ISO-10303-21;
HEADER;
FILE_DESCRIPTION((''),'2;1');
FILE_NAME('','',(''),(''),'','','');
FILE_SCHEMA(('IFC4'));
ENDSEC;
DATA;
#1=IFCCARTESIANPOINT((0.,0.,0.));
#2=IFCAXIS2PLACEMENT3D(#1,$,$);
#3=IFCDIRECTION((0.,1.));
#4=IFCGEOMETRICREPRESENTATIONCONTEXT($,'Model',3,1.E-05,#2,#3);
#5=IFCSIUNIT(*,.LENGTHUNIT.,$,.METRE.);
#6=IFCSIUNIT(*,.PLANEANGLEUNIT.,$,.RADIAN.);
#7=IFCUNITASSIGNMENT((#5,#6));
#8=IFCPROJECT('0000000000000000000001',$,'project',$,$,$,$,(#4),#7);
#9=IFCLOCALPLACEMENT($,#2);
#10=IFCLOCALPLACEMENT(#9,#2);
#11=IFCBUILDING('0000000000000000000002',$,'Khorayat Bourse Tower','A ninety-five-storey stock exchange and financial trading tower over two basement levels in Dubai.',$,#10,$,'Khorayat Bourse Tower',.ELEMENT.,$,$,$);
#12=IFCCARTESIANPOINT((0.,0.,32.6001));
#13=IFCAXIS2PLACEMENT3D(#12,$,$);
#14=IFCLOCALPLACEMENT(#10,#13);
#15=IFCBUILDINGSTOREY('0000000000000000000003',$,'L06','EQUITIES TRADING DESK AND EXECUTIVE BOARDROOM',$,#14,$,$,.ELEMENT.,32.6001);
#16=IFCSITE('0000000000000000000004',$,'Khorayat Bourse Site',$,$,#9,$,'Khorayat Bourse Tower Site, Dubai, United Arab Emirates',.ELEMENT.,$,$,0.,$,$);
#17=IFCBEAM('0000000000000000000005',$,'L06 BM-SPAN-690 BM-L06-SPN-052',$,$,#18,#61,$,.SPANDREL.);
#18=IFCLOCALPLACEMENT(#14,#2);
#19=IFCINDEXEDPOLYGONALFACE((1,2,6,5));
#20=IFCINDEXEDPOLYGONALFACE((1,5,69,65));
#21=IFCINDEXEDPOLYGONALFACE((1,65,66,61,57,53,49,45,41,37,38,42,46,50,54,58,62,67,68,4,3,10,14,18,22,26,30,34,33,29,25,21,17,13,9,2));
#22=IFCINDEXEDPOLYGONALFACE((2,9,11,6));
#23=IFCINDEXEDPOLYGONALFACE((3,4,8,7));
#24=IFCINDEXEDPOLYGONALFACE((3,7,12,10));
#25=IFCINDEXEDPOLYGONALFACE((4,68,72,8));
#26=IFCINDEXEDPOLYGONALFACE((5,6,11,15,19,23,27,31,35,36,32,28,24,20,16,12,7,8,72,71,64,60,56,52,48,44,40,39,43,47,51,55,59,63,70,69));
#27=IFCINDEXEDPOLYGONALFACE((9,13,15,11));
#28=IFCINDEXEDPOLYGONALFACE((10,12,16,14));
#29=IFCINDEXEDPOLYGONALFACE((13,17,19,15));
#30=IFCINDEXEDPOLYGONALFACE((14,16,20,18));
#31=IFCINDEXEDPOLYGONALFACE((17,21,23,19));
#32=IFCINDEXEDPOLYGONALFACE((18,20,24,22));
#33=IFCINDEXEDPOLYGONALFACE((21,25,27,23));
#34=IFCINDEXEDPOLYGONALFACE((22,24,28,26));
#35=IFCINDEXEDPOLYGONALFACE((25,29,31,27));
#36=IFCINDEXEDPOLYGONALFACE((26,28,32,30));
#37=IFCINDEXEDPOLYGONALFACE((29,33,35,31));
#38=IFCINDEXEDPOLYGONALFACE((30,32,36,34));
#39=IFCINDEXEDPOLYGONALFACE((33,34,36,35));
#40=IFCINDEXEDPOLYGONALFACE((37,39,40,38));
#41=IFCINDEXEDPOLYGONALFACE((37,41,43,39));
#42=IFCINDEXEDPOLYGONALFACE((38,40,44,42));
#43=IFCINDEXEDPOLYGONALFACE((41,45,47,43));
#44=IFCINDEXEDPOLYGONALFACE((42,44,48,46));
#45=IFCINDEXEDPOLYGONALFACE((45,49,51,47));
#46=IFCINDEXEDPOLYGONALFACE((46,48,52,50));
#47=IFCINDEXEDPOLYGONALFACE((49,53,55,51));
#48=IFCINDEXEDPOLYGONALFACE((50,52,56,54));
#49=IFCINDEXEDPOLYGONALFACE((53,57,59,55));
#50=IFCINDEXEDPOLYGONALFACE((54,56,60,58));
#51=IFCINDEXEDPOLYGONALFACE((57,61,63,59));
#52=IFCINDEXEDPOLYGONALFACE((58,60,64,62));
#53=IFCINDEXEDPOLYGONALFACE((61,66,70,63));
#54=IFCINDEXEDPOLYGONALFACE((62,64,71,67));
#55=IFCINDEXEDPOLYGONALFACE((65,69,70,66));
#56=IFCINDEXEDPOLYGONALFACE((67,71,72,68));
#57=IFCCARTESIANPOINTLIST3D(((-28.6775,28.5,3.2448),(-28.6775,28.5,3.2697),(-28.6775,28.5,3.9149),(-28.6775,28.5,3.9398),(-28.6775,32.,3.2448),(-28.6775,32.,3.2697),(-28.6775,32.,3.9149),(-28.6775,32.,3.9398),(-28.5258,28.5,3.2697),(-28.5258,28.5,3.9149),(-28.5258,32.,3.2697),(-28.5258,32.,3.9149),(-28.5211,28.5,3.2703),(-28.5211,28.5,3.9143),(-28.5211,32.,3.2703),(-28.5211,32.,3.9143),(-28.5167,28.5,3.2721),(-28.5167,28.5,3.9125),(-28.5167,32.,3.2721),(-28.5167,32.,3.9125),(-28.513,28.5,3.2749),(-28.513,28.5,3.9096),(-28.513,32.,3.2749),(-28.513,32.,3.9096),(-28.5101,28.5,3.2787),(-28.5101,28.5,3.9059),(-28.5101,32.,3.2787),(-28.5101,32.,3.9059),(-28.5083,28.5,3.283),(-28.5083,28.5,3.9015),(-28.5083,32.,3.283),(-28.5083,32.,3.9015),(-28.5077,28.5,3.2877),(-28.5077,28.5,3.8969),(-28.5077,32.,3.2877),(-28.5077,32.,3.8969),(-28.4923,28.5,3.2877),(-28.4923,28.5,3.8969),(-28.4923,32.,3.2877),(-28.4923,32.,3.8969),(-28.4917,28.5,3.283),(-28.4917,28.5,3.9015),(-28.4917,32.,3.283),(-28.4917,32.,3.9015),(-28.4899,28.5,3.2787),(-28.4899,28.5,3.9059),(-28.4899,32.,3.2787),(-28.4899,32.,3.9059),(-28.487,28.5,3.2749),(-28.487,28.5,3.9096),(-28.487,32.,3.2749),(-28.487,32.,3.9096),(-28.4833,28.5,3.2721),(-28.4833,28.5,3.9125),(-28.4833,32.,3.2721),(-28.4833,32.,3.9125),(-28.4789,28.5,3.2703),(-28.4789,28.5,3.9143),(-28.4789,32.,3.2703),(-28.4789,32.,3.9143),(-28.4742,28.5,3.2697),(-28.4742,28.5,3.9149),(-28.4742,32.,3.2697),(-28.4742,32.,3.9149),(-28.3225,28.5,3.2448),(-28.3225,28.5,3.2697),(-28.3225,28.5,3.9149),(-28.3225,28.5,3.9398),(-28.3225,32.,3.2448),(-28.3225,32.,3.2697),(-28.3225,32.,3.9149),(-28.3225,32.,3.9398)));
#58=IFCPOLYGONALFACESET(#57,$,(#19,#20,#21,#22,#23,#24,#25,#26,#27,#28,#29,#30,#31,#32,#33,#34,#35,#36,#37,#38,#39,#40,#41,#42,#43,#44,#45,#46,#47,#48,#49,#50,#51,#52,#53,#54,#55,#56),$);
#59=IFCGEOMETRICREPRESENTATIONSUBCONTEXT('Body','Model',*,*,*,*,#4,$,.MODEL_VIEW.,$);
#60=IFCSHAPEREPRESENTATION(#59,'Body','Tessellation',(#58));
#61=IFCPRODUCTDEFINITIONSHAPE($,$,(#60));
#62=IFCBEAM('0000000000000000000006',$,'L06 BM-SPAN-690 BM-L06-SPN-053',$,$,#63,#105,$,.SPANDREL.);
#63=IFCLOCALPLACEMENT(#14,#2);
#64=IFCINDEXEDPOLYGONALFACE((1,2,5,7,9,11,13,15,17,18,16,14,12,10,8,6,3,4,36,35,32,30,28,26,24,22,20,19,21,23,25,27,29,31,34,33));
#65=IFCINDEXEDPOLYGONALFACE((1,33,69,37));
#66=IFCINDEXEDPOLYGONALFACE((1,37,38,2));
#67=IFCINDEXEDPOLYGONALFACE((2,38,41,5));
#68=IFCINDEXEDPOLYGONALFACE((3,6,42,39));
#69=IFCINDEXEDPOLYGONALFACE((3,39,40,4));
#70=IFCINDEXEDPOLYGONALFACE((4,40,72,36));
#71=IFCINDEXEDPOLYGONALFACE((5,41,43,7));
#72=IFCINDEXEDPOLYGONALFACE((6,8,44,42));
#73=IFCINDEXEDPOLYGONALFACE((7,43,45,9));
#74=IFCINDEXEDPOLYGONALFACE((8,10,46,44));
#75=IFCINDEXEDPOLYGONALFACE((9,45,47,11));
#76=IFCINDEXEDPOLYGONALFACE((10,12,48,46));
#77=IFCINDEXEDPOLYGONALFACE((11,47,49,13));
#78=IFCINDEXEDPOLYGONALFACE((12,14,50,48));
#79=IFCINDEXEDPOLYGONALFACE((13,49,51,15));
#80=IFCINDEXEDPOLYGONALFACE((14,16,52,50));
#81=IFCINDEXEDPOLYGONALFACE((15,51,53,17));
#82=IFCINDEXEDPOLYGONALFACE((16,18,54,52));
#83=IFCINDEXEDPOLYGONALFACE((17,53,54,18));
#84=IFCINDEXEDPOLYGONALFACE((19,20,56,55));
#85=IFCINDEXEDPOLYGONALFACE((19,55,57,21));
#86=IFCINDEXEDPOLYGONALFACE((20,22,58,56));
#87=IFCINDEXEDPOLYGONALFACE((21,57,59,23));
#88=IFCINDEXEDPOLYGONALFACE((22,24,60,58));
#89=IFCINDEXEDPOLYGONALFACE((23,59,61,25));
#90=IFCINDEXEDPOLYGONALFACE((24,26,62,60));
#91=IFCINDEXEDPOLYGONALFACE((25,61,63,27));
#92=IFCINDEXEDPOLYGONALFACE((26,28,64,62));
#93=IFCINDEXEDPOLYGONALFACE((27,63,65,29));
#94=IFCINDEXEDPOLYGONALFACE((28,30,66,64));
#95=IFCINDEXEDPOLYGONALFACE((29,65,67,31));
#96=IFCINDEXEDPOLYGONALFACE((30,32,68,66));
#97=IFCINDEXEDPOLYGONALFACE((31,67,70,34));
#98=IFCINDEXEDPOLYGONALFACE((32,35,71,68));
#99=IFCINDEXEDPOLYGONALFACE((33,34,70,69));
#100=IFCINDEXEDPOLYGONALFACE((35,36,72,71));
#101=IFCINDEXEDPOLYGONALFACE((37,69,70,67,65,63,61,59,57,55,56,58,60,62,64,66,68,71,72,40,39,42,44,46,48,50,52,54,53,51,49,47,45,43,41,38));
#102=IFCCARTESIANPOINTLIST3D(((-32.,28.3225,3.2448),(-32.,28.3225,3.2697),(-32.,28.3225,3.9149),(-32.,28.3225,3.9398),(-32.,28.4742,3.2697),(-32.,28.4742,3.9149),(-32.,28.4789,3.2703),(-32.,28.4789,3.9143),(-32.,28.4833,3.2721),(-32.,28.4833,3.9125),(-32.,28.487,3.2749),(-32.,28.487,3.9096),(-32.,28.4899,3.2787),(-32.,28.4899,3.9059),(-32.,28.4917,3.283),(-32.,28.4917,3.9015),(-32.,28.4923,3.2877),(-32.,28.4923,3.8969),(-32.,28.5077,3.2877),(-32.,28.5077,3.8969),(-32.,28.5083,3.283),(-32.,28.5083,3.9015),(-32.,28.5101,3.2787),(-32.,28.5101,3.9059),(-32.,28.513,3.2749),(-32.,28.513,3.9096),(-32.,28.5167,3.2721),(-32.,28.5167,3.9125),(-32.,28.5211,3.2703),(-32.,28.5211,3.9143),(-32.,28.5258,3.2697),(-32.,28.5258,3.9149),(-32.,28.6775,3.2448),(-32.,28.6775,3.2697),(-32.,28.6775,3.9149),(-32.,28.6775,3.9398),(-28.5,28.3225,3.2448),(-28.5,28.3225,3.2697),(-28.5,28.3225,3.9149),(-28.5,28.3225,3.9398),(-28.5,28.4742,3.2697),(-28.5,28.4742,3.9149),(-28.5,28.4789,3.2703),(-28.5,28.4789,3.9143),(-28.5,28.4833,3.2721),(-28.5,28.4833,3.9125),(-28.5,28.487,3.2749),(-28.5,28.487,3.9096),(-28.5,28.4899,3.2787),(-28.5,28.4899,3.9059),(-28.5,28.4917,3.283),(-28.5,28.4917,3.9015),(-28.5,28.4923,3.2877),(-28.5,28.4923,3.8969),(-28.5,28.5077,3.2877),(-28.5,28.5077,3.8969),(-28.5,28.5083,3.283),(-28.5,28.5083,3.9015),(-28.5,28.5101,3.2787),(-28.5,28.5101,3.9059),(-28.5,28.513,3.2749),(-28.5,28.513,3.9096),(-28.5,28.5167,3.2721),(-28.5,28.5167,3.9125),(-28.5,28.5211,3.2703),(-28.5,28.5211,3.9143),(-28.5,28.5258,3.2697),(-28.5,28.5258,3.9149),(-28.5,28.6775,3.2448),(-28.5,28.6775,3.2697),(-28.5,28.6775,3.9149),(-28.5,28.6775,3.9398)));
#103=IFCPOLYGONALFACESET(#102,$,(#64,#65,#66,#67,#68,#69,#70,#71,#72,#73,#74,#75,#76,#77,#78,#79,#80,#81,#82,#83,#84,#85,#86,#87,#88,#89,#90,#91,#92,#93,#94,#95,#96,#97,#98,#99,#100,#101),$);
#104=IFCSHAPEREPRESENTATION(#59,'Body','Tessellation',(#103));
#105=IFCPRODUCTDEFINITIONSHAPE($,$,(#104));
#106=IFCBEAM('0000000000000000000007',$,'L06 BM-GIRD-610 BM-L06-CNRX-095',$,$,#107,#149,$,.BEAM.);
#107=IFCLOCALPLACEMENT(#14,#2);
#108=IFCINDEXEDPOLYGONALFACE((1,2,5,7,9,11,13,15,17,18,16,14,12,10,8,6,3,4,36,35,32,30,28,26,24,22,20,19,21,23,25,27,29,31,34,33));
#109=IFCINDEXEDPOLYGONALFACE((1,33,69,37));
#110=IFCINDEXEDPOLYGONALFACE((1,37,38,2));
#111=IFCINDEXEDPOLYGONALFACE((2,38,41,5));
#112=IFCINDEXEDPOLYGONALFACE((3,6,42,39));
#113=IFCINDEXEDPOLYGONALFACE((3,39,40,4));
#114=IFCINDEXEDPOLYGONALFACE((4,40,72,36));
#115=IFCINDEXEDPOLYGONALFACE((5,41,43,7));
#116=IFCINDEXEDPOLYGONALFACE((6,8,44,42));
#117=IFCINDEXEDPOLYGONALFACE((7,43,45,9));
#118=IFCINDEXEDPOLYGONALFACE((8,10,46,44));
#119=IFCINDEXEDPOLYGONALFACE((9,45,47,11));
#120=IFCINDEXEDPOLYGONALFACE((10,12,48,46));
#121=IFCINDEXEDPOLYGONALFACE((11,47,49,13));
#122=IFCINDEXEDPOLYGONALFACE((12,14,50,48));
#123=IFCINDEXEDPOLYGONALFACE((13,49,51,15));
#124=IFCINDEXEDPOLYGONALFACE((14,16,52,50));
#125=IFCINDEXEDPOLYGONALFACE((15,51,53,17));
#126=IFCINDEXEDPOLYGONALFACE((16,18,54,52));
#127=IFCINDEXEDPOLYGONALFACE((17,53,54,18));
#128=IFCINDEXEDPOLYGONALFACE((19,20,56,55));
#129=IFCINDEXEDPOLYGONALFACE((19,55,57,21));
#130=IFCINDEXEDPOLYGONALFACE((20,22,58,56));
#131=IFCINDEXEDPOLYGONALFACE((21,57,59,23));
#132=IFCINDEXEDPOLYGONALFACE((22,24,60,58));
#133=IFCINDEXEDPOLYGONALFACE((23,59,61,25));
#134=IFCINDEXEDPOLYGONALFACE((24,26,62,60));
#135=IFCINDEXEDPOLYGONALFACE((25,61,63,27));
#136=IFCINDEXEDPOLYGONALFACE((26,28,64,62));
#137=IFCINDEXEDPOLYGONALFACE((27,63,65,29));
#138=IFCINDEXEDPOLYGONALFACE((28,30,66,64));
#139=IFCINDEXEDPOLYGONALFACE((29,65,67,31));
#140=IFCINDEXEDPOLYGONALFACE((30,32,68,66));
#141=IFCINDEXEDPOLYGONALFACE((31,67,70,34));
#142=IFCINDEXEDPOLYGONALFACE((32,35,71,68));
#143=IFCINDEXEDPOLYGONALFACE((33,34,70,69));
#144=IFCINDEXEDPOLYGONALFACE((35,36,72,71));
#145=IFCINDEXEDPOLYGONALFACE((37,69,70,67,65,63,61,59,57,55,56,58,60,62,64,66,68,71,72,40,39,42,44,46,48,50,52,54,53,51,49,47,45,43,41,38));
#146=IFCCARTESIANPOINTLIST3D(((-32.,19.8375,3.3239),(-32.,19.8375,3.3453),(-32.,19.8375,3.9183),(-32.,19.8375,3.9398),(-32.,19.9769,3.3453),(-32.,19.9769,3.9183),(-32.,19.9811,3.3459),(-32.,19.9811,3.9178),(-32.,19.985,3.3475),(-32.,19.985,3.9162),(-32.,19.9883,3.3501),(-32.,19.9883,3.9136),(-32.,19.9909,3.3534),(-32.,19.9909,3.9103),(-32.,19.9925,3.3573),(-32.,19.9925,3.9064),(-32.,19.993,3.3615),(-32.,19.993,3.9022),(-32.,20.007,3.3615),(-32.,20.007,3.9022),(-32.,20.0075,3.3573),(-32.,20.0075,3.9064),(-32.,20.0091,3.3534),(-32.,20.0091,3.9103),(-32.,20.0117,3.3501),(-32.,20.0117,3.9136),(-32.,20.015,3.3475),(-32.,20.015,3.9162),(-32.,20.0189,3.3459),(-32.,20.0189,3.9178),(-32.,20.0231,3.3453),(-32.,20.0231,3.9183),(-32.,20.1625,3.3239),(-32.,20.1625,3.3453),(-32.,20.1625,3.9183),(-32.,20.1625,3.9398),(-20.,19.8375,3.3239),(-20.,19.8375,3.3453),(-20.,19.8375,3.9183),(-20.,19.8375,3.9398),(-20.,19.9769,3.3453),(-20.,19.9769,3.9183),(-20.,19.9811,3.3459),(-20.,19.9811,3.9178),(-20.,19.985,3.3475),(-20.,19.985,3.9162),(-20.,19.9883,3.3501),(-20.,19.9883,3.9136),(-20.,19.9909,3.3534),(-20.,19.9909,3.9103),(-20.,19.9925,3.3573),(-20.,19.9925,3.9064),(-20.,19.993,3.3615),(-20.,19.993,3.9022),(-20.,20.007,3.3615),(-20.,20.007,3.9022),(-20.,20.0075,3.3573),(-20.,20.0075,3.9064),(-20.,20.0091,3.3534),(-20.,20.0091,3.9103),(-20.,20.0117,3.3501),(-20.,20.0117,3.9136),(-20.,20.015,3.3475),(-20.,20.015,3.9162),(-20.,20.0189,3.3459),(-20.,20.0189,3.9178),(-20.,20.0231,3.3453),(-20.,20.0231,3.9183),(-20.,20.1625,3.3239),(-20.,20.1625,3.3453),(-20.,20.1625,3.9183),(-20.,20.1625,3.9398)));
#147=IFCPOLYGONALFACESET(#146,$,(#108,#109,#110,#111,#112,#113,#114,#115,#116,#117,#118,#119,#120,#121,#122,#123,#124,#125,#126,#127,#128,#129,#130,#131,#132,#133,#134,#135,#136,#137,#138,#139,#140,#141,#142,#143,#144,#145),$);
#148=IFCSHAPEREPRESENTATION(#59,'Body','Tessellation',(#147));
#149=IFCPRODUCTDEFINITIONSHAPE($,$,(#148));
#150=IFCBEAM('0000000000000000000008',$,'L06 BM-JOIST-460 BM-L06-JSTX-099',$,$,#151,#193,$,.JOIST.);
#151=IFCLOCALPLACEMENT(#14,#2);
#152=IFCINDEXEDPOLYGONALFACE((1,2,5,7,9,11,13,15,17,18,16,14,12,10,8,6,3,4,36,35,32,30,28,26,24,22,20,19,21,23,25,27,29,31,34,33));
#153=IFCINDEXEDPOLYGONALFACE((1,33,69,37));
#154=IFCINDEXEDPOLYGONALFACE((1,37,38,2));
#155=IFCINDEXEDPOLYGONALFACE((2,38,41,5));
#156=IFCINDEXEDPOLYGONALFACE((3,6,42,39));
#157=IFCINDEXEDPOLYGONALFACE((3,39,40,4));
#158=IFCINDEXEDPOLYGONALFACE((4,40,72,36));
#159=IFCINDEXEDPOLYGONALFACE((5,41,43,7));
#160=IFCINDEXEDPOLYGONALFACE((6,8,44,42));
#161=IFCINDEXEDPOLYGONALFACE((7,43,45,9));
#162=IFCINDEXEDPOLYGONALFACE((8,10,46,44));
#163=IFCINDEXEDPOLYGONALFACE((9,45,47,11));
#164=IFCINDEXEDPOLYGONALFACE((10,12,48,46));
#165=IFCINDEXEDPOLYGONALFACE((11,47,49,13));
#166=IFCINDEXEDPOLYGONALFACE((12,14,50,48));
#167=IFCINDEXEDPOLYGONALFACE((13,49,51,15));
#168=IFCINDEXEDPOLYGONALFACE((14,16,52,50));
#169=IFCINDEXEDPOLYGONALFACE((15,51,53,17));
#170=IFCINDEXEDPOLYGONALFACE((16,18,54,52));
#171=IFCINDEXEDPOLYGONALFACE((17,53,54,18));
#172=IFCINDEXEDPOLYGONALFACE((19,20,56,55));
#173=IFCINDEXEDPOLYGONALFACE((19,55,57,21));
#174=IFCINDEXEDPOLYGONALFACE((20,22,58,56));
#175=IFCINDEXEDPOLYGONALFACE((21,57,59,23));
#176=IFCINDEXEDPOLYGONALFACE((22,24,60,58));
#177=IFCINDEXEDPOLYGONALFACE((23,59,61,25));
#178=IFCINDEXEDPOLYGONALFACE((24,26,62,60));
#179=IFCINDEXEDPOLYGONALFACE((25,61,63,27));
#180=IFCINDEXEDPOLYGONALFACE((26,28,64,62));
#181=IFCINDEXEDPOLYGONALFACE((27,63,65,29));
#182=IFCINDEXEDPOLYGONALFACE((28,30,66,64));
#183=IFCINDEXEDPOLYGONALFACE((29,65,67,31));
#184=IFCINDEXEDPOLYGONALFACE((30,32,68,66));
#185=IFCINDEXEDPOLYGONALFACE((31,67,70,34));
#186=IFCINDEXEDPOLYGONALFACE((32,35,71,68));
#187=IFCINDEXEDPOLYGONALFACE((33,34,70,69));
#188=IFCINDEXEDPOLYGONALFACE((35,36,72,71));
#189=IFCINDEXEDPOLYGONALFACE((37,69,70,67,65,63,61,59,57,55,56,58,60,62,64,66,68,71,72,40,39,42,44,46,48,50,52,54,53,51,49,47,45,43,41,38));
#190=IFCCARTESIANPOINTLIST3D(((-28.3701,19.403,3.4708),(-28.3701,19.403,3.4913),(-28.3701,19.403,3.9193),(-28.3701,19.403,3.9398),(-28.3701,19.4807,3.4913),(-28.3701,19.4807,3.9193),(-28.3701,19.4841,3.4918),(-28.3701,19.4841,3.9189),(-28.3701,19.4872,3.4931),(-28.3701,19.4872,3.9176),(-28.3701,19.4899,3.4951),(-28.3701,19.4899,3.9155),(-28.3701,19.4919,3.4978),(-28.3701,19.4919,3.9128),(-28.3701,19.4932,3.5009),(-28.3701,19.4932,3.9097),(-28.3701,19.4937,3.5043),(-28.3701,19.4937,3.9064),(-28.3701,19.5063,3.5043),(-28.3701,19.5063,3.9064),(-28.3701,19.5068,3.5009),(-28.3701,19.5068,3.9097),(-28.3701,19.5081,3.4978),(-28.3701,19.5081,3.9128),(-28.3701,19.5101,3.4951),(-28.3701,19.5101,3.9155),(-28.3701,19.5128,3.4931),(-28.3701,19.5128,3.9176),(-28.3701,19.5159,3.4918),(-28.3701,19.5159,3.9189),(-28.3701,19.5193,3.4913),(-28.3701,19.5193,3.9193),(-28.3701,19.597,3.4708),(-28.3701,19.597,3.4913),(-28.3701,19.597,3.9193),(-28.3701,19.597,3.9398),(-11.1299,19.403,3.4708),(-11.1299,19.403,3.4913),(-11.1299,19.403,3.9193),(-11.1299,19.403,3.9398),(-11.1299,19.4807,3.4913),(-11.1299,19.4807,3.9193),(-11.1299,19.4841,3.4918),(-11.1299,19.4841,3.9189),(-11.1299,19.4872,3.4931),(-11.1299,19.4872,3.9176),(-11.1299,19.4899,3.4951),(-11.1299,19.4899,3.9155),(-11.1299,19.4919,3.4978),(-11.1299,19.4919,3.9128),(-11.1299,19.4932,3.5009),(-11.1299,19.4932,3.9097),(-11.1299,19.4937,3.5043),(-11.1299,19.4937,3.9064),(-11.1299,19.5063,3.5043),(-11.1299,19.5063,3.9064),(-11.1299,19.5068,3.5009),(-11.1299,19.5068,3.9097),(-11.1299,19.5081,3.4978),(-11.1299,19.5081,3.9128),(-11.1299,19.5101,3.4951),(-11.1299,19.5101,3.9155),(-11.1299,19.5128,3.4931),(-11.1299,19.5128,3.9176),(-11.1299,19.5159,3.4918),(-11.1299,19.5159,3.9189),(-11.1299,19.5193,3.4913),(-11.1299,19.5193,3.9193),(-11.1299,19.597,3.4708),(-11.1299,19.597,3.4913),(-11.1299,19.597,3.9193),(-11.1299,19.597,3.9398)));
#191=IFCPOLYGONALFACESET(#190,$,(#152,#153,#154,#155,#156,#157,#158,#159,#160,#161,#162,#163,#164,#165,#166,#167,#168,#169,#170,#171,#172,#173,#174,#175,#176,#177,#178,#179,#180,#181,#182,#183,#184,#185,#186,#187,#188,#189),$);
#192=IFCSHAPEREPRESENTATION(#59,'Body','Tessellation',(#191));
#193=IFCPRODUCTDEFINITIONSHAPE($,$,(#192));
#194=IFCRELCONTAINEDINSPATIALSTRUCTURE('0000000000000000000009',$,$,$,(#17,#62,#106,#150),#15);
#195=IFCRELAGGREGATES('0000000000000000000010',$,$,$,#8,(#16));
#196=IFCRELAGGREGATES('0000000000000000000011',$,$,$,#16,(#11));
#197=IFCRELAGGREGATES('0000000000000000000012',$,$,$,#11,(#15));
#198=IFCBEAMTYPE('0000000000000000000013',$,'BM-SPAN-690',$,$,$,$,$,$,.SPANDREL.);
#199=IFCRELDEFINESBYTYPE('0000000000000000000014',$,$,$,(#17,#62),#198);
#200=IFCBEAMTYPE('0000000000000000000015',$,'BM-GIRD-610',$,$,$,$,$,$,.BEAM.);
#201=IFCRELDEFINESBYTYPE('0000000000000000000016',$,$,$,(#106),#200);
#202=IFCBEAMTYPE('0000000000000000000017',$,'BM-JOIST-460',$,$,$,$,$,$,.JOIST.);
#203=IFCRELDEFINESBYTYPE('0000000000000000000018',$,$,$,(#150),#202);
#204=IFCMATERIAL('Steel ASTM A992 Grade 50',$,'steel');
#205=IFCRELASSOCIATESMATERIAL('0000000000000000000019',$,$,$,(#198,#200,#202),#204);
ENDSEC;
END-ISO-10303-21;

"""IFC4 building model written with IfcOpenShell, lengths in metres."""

from ifc_helpers import new_model, si_unit, direction, frame, origin, origin_2d, place, context, subcontext, project, spatial, i_section, extrude, source, transform, mapped, material, material_profile, profile_set, type_object, element, save


model = new_model("IFC4")

# Units and contexts
model_context = context("Model", 3, precision=1e-05, world=origin(), true_north=direction((0.0, 1.0)))
body_context = subcontext(model_context, "Body", "Model", "MODEL_VIEW")
ifc_project = project(units=[si_unit("LENGTHUNIT", "METRE"), si_unit("PLANEANGLEUNIT", "RADIAN")], contexts=[model_context])

# Site, building, storey
site_placement = place(None, origin())
site = spatial("IfcSite", under=ifc_project, at=site_placement, Name="Khorayat Bourse Site", LongName="Khorayat Bourse Tower Site, Dubai, United Arab Emirates", CompositionType="ELEMENT", RefElevation=0.0)
building_placement = place(site_placement, origin())
building = spatial("IfcBuilding", under=site, at=building_placement, Name="Khorayat Bourse Tower", Description="A ninety-five-storey stock exchange and financial trading tower over two basement levels in Dubai.", LongName="Khorayat Bourse Tower", CompositionType="ELEMENT")
storey_placement = place(building_placement, frame((0.0, 0.0, 32.6001)))
storey = spatial("IfcBuildingStorey", under=building, at=storey_placement, Name="L06", Description="EQUITIES TRADING DESK AND EXECUTIVE BOARDROOM", CompositionType="ELEMENT", Elevation=32.6001)

# Beams
ifc_material_1 = material(Name="Steel ASTM A992 Grade 50", Category="steel")
ifc_material_profile_1 = material_profile(ifc_material_1, i_section(OverallWidth=0.355, OverallDepth=0.6951, WebThickness=0.0154, FlangeThickness=0.0249, FilletRadius=0.0181, at=origin_2d()), Name="W690X217")
ifc_profile_set_1 = profile_set([ifc_material_profile_1], Name="Steel ASTM A992 Grade 50")
beam_type_1 = type_object("IfcBeamType", Name="BM-SPAN-690", PredefinedType="SPANDREL", material=ifc_profile_set_1)
shared_shape_1 = source(origin(), body_context, "Body", "SweptSolid", [
    extrude(i_section(OverallWidth=0.355, OverallDepth=0.6951, WebThickness=0.0154, FlangeThickness=0.0249, FilletRadius=0.0181, at=origin_2d()), origin(), (0.0, 0.0, 1.0), 3.5),
])
for number, where, z_axis, x_axis, name in (
    (1, (-28.5, 28.5, 3.5923), (0.0, 1.0, 0.0), (-1.0, 0.0, 0.0), "L06 BM-SPAN-690 BM-L06-SPN-052"),
    (2, (-32.0, 28.5, 3.5923), (1.0, 0.0, 0.0), (0.0, 1.0, 0.0), "L06 BM-SPAN-690 BM-L06-SPN-053"),
):
    element("IfcBeam", number, at=place(storey_placement, frame(where, z_axis=z_axis, x_axis=x_axis)), inside=storey, type_object=beam_type_1, Name=name, PredefinedType="SPANDREL", context=body_context, shape_type="MappedRepresentation", body=[
        mapped(shared_shape_1, transform((0.0, 0.0, 0.0), scale=1.0)),
    ])
ifc_material_profile_2 = material_profile(ifc_material_1, i_section(OverallWidth=0.325, OverallDepth=0.616, WebThickness=0.0139, FlangeThickness=0.0215, FilletRadius=0.0161, at=origin_2d()), Name="W610X174")
ifc_profile_set_2 = profile_set([ifc_material_profile_2], Name="Steel ASTM A992 Grade 50")
beam_type_2 = type_object("IfcBeamType", Name="BM-GIRD-610", PredefinedType="BEAM", material=ifc_profile_set_2)
shared_shape_2 = source(origin(), body_context, "Body", "SweptSolid", [
    extrude(i_section(OverallWidth=0.325, OverallDepth=0.616, WebThickness=0.0139, FlangeThickness=0.0215, FilletRadius=0.0161, at=origin_2d()), origin(), (0.0, 0.0, 1.0), 12.0),
])
beam_1_placement = place(storey_placement, frame((-32.0, 20.0, 3.6318), z_axis=(1.0, 0.0, 0.0), x_axis=(0.0, 1.0, 0.0)))
element("IfcBeam", 3, at=beam_1_placement, inside=storey, type_object=beam_type_2, Name="L06 BM-GIRD-610 BM-L06-CNRX-095", PredefinedType="BEAM", context=body_context, shape_type="MappedRepresentation", body=[
    mapped(shared_shape_2, transform((0.0, 0.0, 0.0), scale=1.0)),
])
ifc_material_profile_3 = material_profile(ifc_material_1, i_section(OverallWidth=0.1941, OverallDepth=0.469, WebThickness=0.0127, FlangeThickness=0.0205, FilletRadius=0.0129, at=origin_2d()), Name="W460X106")
ifc_profile_set_3 = profile_set([ifc_material_profile_3], Name="Steel ASTM A992 Grade 50")
beam_type_3 = type_object("IfcBeamType", Name="BM-JOIST-460", PredefinedType="JOIST", material=ifc_profile_set_3)
shared_shape_3 = source(origin(), body_context, "Body", "SweptSolid", [
    extrude(i_section(OverallWidth=0.1941, OverallDepth=0.469, WebThickness=0.0127, FlangeThickness=0.0205, FilletRadius=0.0129, at=origin_2d()), origin(), (0.0, 0.0, 1.0), 17.2402),
])
beam_2_placement = place(storey_placement, frame((-28.3701, 19.5, 3.7053), z_axis=(1.0, 0.0, 0.0), x_axis=(0.0, 1.0, 0.0)))
element("IfcBeam", 4, at=beam_2_placement, inside=storey, type_object=beam_type_3, Name="L06 BM-JOIST-460 BM-L06-JSTX-099", PredefinedType="JOIST", context=body_context, shape_type="MappedRepresentation", body=[
    mapped(shared_shape_3, transform((0.0, 0.0, 0.0), scale=1.0)),
])

save(model, "model.ifc")
